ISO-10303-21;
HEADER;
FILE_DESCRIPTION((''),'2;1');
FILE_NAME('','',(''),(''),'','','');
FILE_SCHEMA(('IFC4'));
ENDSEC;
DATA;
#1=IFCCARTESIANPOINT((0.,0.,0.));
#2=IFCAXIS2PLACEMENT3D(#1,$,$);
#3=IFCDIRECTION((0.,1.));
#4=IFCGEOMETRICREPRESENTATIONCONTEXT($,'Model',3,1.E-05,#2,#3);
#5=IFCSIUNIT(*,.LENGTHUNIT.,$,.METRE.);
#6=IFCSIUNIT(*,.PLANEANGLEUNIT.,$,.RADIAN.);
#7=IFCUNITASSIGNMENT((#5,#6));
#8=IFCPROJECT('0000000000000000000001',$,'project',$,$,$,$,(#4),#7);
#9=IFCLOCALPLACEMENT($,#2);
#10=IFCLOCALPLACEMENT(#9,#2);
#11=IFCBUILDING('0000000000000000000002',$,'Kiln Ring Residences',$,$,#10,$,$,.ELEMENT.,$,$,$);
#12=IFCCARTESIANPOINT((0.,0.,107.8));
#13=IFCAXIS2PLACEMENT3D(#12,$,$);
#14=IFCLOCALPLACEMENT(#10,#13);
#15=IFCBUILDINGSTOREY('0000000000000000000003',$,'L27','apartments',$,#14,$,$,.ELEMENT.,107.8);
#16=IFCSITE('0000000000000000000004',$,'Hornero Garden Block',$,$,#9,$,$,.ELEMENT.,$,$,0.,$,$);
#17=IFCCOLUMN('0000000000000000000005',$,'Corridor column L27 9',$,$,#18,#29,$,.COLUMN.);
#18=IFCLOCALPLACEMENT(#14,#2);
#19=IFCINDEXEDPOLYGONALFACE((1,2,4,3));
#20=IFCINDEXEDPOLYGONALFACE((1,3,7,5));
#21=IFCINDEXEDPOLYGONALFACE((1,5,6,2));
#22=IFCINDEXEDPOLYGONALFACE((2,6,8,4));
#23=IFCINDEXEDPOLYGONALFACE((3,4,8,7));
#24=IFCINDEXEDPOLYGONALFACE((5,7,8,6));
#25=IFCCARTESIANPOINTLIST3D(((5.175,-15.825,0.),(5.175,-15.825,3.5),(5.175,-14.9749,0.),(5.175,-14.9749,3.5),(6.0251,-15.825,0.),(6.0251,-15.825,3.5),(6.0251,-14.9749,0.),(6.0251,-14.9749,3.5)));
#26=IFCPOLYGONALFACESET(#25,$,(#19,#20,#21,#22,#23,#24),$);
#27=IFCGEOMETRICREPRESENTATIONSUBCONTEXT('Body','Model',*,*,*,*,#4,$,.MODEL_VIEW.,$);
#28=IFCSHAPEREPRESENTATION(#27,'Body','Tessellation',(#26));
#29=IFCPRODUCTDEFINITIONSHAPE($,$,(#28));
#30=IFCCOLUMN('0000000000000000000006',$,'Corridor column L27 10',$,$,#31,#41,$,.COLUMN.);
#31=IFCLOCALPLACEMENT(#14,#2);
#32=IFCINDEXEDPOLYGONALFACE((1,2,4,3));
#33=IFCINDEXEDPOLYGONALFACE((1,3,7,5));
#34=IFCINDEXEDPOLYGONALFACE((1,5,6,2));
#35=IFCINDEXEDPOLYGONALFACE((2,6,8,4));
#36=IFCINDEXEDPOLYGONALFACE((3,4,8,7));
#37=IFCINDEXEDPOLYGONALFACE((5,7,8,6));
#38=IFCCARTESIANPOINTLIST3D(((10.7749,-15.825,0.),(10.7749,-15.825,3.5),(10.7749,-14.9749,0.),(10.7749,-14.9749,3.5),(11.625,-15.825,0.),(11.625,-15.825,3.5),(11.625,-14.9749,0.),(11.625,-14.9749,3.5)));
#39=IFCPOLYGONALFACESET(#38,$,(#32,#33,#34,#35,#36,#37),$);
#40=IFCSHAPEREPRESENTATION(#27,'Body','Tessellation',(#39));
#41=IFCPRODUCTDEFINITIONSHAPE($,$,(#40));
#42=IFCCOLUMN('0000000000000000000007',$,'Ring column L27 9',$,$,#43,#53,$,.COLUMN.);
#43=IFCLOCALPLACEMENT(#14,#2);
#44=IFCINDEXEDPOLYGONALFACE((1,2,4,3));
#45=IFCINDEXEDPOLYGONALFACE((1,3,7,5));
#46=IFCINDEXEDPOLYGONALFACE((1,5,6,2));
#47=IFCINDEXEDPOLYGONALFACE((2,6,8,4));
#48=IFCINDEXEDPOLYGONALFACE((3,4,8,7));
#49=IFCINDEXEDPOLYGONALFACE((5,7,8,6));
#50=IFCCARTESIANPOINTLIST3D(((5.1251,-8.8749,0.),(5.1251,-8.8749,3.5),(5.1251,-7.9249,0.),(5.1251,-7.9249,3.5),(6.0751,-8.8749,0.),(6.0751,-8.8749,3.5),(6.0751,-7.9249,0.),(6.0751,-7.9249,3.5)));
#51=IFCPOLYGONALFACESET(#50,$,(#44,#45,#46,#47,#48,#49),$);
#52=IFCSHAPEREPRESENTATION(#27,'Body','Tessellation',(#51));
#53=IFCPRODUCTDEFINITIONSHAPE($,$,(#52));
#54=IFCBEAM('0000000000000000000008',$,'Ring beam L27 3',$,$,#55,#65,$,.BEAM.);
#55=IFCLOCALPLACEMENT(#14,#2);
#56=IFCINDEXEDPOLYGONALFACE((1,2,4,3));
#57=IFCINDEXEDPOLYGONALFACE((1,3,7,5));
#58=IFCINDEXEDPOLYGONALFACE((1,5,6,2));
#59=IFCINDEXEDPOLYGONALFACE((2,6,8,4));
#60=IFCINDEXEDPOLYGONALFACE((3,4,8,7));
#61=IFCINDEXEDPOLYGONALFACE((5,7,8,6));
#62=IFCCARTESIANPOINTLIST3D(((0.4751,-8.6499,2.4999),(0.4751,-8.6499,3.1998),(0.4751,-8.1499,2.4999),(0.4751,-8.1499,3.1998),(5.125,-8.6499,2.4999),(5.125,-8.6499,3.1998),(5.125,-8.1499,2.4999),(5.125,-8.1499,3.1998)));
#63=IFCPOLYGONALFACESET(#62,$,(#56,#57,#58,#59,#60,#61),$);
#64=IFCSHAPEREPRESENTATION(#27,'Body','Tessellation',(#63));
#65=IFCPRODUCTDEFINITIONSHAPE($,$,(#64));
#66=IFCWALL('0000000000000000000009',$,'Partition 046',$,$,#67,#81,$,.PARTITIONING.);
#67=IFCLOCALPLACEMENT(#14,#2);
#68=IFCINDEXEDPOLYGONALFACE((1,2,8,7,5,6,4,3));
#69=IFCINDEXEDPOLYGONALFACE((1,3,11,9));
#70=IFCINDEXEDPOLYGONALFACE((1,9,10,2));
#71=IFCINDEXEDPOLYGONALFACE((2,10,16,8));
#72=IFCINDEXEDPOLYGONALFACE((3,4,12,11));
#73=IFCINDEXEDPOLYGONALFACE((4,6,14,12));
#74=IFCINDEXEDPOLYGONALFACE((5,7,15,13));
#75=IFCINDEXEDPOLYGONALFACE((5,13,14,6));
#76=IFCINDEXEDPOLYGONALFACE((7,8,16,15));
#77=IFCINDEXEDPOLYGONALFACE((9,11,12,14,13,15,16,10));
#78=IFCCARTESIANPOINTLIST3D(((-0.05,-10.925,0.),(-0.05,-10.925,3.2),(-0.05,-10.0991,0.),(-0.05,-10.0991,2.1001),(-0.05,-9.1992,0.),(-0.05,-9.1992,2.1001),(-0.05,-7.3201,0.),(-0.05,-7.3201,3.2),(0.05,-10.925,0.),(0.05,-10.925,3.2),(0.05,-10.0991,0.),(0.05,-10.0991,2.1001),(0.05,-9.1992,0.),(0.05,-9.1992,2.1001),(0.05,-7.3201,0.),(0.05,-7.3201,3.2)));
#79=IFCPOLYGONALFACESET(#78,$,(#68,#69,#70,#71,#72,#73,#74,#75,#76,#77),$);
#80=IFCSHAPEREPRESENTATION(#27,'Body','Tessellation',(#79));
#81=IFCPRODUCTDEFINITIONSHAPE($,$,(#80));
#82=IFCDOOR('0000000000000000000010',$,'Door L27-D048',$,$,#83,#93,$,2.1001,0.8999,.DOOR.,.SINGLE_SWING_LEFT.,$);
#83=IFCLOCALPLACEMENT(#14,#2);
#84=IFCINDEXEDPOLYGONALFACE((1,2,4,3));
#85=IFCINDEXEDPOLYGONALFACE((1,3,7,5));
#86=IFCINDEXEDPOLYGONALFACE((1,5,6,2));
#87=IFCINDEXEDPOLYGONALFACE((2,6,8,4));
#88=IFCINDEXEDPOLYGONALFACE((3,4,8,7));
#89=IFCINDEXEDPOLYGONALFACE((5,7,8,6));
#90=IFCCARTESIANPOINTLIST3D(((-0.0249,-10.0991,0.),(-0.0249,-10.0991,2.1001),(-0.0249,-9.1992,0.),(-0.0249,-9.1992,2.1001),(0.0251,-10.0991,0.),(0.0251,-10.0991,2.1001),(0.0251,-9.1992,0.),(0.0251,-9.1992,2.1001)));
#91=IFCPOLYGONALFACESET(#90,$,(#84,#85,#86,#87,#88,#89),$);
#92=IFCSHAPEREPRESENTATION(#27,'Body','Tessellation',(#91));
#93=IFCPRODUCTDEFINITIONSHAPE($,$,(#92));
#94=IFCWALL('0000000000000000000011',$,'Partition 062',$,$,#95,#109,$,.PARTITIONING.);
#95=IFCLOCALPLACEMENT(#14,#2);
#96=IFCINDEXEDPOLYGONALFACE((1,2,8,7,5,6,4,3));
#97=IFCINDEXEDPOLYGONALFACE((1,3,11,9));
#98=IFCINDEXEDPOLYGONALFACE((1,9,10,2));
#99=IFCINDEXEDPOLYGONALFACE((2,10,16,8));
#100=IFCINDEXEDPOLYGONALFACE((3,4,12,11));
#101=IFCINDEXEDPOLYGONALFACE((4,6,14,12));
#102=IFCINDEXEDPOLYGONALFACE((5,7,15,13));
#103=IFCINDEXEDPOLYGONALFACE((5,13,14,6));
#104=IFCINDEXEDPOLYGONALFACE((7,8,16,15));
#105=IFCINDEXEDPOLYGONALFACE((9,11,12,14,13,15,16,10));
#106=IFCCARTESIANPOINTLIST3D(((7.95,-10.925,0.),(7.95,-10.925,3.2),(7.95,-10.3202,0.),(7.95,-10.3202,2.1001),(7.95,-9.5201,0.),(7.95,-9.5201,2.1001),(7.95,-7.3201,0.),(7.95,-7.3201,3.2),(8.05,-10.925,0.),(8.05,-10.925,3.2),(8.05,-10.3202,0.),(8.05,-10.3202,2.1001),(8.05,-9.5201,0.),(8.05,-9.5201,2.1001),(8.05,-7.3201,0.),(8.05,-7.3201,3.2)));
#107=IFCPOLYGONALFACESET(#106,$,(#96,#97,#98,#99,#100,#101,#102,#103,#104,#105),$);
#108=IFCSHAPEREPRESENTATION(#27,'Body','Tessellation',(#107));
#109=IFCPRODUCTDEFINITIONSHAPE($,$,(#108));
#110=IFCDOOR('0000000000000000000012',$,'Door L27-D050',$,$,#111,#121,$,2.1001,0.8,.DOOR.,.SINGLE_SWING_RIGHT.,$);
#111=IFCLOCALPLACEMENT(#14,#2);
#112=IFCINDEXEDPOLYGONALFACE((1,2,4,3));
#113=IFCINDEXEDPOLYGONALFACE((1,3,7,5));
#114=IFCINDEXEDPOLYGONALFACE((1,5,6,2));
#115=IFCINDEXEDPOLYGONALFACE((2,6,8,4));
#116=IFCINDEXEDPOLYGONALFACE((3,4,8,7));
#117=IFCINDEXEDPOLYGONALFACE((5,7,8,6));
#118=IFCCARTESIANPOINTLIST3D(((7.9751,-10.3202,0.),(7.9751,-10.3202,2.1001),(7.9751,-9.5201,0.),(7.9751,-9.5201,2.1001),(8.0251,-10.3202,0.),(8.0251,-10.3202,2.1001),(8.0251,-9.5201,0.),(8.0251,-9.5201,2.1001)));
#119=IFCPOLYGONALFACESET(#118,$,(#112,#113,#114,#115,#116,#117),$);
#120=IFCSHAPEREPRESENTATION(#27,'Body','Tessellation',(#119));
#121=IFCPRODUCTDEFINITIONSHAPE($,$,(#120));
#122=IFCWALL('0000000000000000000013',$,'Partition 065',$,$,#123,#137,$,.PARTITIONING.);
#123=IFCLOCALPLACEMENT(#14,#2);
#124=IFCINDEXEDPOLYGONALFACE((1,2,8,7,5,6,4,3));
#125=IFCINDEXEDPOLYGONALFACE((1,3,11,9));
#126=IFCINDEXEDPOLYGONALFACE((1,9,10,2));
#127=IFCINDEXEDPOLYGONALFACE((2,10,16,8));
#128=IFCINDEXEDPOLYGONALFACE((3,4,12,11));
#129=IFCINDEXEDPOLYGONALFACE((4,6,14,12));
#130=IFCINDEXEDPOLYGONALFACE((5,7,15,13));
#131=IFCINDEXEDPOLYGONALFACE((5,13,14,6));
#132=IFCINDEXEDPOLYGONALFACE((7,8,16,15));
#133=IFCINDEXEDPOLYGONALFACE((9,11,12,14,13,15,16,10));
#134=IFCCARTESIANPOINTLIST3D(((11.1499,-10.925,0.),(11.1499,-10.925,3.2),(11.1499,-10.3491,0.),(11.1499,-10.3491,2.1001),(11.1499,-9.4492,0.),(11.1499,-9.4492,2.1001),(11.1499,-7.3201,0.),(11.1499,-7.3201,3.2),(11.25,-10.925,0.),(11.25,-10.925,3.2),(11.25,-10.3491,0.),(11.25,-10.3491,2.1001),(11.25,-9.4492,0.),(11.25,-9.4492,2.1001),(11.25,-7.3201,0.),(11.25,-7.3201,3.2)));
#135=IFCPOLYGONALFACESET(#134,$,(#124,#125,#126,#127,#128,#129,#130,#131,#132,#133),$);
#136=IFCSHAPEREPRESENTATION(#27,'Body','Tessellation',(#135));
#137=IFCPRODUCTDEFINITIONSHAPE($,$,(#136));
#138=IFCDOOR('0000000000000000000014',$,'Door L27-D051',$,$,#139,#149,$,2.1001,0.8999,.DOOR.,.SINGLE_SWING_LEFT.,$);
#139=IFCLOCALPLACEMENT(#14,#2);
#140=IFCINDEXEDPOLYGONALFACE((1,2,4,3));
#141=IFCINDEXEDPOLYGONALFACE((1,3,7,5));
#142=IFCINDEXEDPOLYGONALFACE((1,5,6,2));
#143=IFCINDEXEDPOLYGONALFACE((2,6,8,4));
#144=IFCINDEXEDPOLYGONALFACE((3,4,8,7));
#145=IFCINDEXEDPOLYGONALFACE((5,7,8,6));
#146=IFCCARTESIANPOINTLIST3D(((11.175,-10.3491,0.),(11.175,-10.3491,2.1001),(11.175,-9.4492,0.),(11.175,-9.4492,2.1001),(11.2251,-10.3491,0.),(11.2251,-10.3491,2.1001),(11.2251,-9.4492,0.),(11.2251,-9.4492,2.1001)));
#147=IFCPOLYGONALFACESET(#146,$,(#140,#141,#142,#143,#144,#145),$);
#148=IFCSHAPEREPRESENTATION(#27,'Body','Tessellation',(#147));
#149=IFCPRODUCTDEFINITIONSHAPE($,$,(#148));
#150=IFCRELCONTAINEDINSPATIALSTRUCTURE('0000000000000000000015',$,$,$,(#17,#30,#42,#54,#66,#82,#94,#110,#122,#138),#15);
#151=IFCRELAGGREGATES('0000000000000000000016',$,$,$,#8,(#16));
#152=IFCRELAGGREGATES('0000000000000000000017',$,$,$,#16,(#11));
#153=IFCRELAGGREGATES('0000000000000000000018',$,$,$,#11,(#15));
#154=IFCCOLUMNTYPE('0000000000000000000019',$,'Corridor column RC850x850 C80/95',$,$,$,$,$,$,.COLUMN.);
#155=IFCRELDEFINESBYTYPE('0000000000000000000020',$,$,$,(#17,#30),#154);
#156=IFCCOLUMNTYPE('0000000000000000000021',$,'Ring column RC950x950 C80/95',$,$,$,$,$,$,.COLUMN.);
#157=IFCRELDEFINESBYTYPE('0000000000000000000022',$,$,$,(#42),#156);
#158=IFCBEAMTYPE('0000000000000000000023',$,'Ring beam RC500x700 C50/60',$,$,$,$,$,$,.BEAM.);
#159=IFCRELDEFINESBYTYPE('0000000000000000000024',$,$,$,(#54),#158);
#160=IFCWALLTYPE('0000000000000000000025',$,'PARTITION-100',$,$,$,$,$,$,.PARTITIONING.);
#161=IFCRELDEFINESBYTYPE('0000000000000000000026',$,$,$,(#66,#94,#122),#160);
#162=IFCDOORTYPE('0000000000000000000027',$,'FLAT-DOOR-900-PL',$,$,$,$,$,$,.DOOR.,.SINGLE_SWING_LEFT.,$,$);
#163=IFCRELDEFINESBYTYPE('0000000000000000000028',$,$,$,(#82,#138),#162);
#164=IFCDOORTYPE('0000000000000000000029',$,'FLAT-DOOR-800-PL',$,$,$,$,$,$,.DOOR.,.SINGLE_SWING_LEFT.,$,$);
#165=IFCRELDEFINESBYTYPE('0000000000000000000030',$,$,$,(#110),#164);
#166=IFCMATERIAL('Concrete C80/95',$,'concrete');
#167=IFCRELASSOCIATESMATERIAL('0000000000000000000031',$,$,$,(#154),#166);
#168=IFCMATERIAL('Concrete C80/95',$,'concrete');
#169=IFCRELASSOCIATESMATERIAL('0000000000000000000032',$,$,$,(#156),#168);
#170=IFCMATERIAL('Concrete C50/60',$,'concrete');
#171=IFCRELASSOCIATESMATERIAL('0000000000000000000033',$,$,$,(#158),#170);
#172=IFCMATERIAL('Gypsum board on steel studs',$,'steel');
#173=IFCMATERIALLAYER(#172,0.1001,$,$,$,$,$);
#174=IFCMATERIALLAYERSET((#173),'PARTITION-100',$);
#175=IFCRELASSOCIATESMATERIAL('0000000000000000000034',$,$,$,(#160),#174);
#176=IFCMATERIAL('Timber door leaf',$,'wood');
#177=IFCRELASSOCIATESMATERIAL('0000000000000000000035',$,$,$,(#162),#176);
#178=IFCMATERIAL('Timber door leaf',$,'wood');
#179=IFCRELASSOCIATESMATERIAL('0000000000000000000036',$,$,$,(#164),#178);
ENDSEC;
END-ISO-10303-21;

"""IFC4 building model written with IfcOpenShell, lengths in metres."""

from ifc_helpers import new_model, si_unit, direction, frame, frame_2d, origin, origin_2d, place, context, subcontext, project, spatial, rectangle, extrude, material, layer, layer_set, material_profile, profile_set, type_object, element, fill, save


model = new_model("IFC4")

# Units and contexts
model_context = context("Model", 3, precision=1e-05, world=origin(), true_north=direction((0.0, 1.0)))
body_context = subcontext(model_context, "Body", "Model", "MODEL_VIEW")
ifc_project = project(units=[si_unit("LENGTHUNIT", "METRE"), si_unit("PLANEANGLEUNIT", "RADIAN")], contexts=[model_context])

# Site, building, storey
site_placement = place(None, origin())
site = spatial("IfcSite", under=ifc_project, at=site_placement, Name="Hornero Garden Block", CompositionType="ELEMENT", RefElevation=0.0)
building_placement = place(site_placement, origin())
building = spatial("IfcBuilding", under=site, at=building_placement, Name="Kiln Ring Residences", CompositionType="ELEMENT")
storey_placement = place(building_placement, frame((0.0, 0.0, 107.8)))
storey = spatial("IfcBuildingStorey", under=building, at=storey_placement, Name="L27", Description="apartments", CompositionType="ELEMENT", Elevation=107.8)

# Columns
ifc_material_1 = material(Name="Concrete C80/95", Category="concrete")
ifc_material_profile_1 = material_profile(ifc_material_1, rectangle(XDim=0.8501, YDim=0.8501, at=origin_2d()), Name="RC850x850")
ifc_profile_set_1 = profile_set([ifc_material_profile_1], Name="Concrete C80/95")
column_type_1 = type_object("IfcColumnType", Name="Corridor column RC850x850 C80/95", PredefinedType="COLUMN", material=ifc_profile_set_1)
for number, where, z_axis, x_axis, name in (
    (1, (5.6001, -15.3999, 0.0), (0.0, 0.0, 1.0), (1.0, 0.0, 0.0), "Corridor column L27 9"),
    (2, (11.2, -15.3999, 0.0), (0.0, 0.0, 1.0), (1.0, 0.0, 0.0), "Corridor column L27 10"),
):
    element("IfcColumn", number, at=place(storey_placement, frame(where, z_axis=z_axis, x_axis=x_axis)), inside=storey, type_object=column_type_1, Name=name, PredefinedType="COLUMN", context=body_context, shape_type="SweptSolid", body=[
        extrude(rectangle(XDim=0.8501, YDim=0.8501, at=origin_2d()), origin(), (0.0, 0.0, 1.0), 3.5),
    ])
ifc_material_2 = material(Name="Concrete C80/95", Category="concrete")
ifc_material_profile_2 = material_profile(ifc_material_2, rectangle(XDim=0.95, YDim=0.95, at=origin_2d()), Name="RC950x950")
ifc_profile_set_2 = profile_set([ifc_material_profile_2], Name="Concrete C80/95")
column_type_2 = type_object("IfcColumnType", Name="Ring column RC950x950 C80/95", PredefinedType="COLUMN", material=ifc_profile_set_2)
column_placement = place(storey_placement, frame((5.6001, -8.3999, 0.0), z_axis=(0.0, 0.0, 1.0), x_axis=(1.0, 0.0, 0.0)))
element("IfcColumn", 3, at=column_placement, inside=storey, type_object=column_type_2, Name="Ring column L27 9", PredefinedType="COLUMN", context=body_context, shape_type="SweptSolid", body=[
    extrude(rectangle(XDim=0.95, YDim=0.95, at=origin_2d()), origin(), (0.0, 0.0, 1.0), 3.5),
])

# Beam
ifc_material_3 = material(Name="Concrete C50/60", Category="concrete")
ifc_material_profile_3 = material_profile(ifc_material_3, rectangle(XDim=0.5, YDim=0.7, at=origin_2d()), Name="RC500x700")
ifc_profile_set_3 = profile_set([ifc_material_profile_3], Name="Concrete C50/60")
beam_type = type_object("IfcBeamType", Name="Ring beam RC500x700 C50/60", PredefinedType="BEAM", material=ifc_profile_set_3)
beam_placement = place(storey_placement, frame((0.4751, -8.3999, 2.8499), z_axis=(1.0, 0.0, 0.0), x_axis=(0.0, 1.0, 0.0)))
element("IfcBeam", 4, at=beam_placement, inside=storey, type_object=beam_type, Name="Ring beam L27 3", PredefinedType="BEAM", context=body_context, shape_type="SweptSolid", body=[
    extrude(rectangle(XDim=0.5, YDim=0.7, at=origin_2d()), origin(), (0.0, 0.0, 1.0), 4.6499),
])

# Walls, openings, doors
ifc_material_4 = material(Name="Gypsum board on steel studs", Category="steel")
ifc_layer_1 = layer(ifc_material_4, 0.1001)
ifc_layer_set_1 = layer_set([ifc_layer_1], Name="PARTITION-100")
wall_type_1 = type_object("IfcWallType", Name="PARTITION-100", PredefinedType="PARTITIONING", material=ifc_layer_set_1)
wall_1_placement = place(storey_placement, frame((0.0, -10.925, 0.0), z_axis=(0.0, 0.0, 1.0), x_axis=(0.0, 1.0, 0.0)))
wall_1 = element("IfcWall", 5, at=wall_1_placement, inside=storey, type_object=wall_type_1, Name="Partition 046", PredefinedType="PARTITIONING", context=body_context, shape_type="SweptSolid", body=[
    extrude(rectangle(XDim=3.605, YDim=0.1001, at=frame_2d((1.8025, 0.0))), origin(), (0.0, 0.0, 1.0), 3.2),
])
opening_1_placement = place(wall_1_placement, frame((0.8259, 0.0, 0.0)))
opening_1 = element("IfcOpeningElement", 6, at=opening_1_placement, cuts=wall_1, PredefinedType="OPENING", context=body_context, shape_type="SweptSolid", body=[
    extrude(rectangle(XDim=0.8999, YDim=2.1001, at=frame_2d((0.45, 1.05))), frame((0.0, 0.0601, 0.0), z_axis=(0.0, -1.0, 0.0), x_axis=(1.0, 0.0, 0.0)), (0.0, 0.0, 1.0), 0.1201),
])
ifc_material_5 = material(Name="Timber door leaf", Category="wood")
door_type_1 = type_object("IfcDoorType", Name="FLAT-DOOR-900-PL", OperationType="SINGLE_SWING_LEFT", PredefinedType="DOOR", material=ifc_material_5)
door_1_placement = place(opening_1_placement, origin())
door_1 = element("IfcDoor", 7, at=door_1_placement, inside=storey, type_object=door_type_1, Name="Door L27-D048", OperationType="SINGLE_SWING_LEFT", OverallHeight=2.1001, OverallWidth=0.8999, PredefinedType="DOOR", context=body_context, shape_type="SweptSolid", body=[
    extrude(rectangle(XDim=0.8999, YDim=2.1001, at=frame_2d((0.45, 1.05))), frame((0.0, 0.0249, 0.0), z_axis=(0.0, -1.0, 0.0), x_axis=(1.0, 0.0, 0.0)), (0.0, 0.0, 1.0), 0.05),
])
fill(opening_1, door_1)
wall_2_placement = place(storey_placement, frame((8.0, -10.925, 0.0), z_axis=(0.0, 0.0, 1.0), x_axis=(0.0, 1.0, 0.0)))
wall_2 = element("IfcWall", 8, at=wall_2_placement, inside=storey, type_object=wall_type_1, Name="Partition 062", PredefinedType="PARTITIONING", context=body_context, shape_type="SweptSolid", body=[
    extrude(rectangle(XDim=3.605, YDim=0.1001, at=frame_2d((1.8025, 0.0))), origin(), (0.0, 0.0, 1.0), 3.2),
])
opening_2_placement = place(wall_2_placement, frame((0.605, 0.0, 0.0)))
opening_2 = element("IfcOpeningElement", 9, at=opening_2_placement, cuts=wall_2, PredefinedType="OPENING", context=body_context, shape_type="SweptSolid", body=[
    extrude(rectangle(XDim=0.8, YDim=2.1001, at=frame_2d((0.3999, 1.05))), frame((0.0, 0.0601, 0.0), z_axis=(0.0, -1.0, 0.0), x_axis=(1.0, 0.0, 0.0)), (0.0, 0.0, 1.0), 0.1201),
])
ifc_material_6 = material(Name="Timber door leaf", Category="wood")
door_type_2 = type_object("IfcDoorType", Name="FLAT-DOOR-800-PL", OperationType="SINGLE_SWING_LEFT", PredefinedType="DOOR", material=ifc_material_6)
door_2_placement = place(opening_2_placement, origin())
door_2 = element("IfcDoor", 10, at=door_2_placement, inside=storey, type_object=door_type_2, Name="Door L27-D050", OperationType="SINGLE_SWING_RIGHT", OverallHeight=2.1001, OverallWidth=0.8, PredefinedType="DOOR", context=body_context, shape_type="SweptSolid", body=[
    extrude(rectangle(XDim=0.8, YDim=2.1001, at=frame_2d((0.3999, 1.05))), frame((0.0, 0.0249, 0.0), z_axis=(0.0, -1.0, 0.0), x_axis=(1.0, 0.0, 0.0)), (0.0, 0.0, 1.0), 0.05),
])
fill(opening_2, door_2)
wall_3_placement = place(storey_placement, frame((11.2, -10.925, 0.0), z_axis=(0.0, 0.0, 1.0), x_axis=(0.0, 1.0, 0.0)))
wall_3 = element("IfcWall", 11, at=wall_3_placement, inside=storey, type_object=wall_type_1, Name="Partition 065", PredefinedType="PARTITIONING", context=body_context, shape_type="SweptSolid", body=[
    extrude(rectangle(XDim=3.605, YDim=0.1001, at=frame_2d((1.8025, 0.0))), origin(), (0.0, 0.0, 1.0), 3.2),
])
opening_3_placement = place(wall_3_placement, frame((0.5759, 0.0, 0.0)))
opening_3 = element("IfcOpeningElement", 12, at=opening_3_placement, cuts=wall_3, PredefinedType="OPENING", context=body_context, shape_type="SweptSolid", body=[
    extrude(rectangle(XDim=0.8999, YDim=2.1001, at=frame_2d((0.45, 1.05))), frame((0.0, 0.0601, 0.0), z_axis=(0.0, -1.0, 0.0), x_axis=(1.0, 0.0, 0.0)), (0.0, 0.0, 1.0), 0.1201),
])
door_3_placement = place(opening_3_placement, origin())
door_3 = element("IfcDoor", 13, at=door_3_placement, inside=storey, type_object=door_type_1, Name="Door L27-D051", OperationType="SINGLE_SWING_LEFT", OverallHeight=2.1001, OverallWidth=0.8999, PredefinedType="DOOR", context=body_context, shape_type="SweptSolid", body=[
    extrude(rectangle(XDim=0.8999, YDim=2.1001, at=frame_2d((0.45, 1.05))), frame((0.0, 0.0249, 0.0), z_axis=(0.0, -1.0, 0.0), x_axis=(1.0, 0.0, 0.0)), (0.0, 0.0, 1.0), 0.05),
])
fill(opening_3, door_3)

save(model, "model.ifc")
